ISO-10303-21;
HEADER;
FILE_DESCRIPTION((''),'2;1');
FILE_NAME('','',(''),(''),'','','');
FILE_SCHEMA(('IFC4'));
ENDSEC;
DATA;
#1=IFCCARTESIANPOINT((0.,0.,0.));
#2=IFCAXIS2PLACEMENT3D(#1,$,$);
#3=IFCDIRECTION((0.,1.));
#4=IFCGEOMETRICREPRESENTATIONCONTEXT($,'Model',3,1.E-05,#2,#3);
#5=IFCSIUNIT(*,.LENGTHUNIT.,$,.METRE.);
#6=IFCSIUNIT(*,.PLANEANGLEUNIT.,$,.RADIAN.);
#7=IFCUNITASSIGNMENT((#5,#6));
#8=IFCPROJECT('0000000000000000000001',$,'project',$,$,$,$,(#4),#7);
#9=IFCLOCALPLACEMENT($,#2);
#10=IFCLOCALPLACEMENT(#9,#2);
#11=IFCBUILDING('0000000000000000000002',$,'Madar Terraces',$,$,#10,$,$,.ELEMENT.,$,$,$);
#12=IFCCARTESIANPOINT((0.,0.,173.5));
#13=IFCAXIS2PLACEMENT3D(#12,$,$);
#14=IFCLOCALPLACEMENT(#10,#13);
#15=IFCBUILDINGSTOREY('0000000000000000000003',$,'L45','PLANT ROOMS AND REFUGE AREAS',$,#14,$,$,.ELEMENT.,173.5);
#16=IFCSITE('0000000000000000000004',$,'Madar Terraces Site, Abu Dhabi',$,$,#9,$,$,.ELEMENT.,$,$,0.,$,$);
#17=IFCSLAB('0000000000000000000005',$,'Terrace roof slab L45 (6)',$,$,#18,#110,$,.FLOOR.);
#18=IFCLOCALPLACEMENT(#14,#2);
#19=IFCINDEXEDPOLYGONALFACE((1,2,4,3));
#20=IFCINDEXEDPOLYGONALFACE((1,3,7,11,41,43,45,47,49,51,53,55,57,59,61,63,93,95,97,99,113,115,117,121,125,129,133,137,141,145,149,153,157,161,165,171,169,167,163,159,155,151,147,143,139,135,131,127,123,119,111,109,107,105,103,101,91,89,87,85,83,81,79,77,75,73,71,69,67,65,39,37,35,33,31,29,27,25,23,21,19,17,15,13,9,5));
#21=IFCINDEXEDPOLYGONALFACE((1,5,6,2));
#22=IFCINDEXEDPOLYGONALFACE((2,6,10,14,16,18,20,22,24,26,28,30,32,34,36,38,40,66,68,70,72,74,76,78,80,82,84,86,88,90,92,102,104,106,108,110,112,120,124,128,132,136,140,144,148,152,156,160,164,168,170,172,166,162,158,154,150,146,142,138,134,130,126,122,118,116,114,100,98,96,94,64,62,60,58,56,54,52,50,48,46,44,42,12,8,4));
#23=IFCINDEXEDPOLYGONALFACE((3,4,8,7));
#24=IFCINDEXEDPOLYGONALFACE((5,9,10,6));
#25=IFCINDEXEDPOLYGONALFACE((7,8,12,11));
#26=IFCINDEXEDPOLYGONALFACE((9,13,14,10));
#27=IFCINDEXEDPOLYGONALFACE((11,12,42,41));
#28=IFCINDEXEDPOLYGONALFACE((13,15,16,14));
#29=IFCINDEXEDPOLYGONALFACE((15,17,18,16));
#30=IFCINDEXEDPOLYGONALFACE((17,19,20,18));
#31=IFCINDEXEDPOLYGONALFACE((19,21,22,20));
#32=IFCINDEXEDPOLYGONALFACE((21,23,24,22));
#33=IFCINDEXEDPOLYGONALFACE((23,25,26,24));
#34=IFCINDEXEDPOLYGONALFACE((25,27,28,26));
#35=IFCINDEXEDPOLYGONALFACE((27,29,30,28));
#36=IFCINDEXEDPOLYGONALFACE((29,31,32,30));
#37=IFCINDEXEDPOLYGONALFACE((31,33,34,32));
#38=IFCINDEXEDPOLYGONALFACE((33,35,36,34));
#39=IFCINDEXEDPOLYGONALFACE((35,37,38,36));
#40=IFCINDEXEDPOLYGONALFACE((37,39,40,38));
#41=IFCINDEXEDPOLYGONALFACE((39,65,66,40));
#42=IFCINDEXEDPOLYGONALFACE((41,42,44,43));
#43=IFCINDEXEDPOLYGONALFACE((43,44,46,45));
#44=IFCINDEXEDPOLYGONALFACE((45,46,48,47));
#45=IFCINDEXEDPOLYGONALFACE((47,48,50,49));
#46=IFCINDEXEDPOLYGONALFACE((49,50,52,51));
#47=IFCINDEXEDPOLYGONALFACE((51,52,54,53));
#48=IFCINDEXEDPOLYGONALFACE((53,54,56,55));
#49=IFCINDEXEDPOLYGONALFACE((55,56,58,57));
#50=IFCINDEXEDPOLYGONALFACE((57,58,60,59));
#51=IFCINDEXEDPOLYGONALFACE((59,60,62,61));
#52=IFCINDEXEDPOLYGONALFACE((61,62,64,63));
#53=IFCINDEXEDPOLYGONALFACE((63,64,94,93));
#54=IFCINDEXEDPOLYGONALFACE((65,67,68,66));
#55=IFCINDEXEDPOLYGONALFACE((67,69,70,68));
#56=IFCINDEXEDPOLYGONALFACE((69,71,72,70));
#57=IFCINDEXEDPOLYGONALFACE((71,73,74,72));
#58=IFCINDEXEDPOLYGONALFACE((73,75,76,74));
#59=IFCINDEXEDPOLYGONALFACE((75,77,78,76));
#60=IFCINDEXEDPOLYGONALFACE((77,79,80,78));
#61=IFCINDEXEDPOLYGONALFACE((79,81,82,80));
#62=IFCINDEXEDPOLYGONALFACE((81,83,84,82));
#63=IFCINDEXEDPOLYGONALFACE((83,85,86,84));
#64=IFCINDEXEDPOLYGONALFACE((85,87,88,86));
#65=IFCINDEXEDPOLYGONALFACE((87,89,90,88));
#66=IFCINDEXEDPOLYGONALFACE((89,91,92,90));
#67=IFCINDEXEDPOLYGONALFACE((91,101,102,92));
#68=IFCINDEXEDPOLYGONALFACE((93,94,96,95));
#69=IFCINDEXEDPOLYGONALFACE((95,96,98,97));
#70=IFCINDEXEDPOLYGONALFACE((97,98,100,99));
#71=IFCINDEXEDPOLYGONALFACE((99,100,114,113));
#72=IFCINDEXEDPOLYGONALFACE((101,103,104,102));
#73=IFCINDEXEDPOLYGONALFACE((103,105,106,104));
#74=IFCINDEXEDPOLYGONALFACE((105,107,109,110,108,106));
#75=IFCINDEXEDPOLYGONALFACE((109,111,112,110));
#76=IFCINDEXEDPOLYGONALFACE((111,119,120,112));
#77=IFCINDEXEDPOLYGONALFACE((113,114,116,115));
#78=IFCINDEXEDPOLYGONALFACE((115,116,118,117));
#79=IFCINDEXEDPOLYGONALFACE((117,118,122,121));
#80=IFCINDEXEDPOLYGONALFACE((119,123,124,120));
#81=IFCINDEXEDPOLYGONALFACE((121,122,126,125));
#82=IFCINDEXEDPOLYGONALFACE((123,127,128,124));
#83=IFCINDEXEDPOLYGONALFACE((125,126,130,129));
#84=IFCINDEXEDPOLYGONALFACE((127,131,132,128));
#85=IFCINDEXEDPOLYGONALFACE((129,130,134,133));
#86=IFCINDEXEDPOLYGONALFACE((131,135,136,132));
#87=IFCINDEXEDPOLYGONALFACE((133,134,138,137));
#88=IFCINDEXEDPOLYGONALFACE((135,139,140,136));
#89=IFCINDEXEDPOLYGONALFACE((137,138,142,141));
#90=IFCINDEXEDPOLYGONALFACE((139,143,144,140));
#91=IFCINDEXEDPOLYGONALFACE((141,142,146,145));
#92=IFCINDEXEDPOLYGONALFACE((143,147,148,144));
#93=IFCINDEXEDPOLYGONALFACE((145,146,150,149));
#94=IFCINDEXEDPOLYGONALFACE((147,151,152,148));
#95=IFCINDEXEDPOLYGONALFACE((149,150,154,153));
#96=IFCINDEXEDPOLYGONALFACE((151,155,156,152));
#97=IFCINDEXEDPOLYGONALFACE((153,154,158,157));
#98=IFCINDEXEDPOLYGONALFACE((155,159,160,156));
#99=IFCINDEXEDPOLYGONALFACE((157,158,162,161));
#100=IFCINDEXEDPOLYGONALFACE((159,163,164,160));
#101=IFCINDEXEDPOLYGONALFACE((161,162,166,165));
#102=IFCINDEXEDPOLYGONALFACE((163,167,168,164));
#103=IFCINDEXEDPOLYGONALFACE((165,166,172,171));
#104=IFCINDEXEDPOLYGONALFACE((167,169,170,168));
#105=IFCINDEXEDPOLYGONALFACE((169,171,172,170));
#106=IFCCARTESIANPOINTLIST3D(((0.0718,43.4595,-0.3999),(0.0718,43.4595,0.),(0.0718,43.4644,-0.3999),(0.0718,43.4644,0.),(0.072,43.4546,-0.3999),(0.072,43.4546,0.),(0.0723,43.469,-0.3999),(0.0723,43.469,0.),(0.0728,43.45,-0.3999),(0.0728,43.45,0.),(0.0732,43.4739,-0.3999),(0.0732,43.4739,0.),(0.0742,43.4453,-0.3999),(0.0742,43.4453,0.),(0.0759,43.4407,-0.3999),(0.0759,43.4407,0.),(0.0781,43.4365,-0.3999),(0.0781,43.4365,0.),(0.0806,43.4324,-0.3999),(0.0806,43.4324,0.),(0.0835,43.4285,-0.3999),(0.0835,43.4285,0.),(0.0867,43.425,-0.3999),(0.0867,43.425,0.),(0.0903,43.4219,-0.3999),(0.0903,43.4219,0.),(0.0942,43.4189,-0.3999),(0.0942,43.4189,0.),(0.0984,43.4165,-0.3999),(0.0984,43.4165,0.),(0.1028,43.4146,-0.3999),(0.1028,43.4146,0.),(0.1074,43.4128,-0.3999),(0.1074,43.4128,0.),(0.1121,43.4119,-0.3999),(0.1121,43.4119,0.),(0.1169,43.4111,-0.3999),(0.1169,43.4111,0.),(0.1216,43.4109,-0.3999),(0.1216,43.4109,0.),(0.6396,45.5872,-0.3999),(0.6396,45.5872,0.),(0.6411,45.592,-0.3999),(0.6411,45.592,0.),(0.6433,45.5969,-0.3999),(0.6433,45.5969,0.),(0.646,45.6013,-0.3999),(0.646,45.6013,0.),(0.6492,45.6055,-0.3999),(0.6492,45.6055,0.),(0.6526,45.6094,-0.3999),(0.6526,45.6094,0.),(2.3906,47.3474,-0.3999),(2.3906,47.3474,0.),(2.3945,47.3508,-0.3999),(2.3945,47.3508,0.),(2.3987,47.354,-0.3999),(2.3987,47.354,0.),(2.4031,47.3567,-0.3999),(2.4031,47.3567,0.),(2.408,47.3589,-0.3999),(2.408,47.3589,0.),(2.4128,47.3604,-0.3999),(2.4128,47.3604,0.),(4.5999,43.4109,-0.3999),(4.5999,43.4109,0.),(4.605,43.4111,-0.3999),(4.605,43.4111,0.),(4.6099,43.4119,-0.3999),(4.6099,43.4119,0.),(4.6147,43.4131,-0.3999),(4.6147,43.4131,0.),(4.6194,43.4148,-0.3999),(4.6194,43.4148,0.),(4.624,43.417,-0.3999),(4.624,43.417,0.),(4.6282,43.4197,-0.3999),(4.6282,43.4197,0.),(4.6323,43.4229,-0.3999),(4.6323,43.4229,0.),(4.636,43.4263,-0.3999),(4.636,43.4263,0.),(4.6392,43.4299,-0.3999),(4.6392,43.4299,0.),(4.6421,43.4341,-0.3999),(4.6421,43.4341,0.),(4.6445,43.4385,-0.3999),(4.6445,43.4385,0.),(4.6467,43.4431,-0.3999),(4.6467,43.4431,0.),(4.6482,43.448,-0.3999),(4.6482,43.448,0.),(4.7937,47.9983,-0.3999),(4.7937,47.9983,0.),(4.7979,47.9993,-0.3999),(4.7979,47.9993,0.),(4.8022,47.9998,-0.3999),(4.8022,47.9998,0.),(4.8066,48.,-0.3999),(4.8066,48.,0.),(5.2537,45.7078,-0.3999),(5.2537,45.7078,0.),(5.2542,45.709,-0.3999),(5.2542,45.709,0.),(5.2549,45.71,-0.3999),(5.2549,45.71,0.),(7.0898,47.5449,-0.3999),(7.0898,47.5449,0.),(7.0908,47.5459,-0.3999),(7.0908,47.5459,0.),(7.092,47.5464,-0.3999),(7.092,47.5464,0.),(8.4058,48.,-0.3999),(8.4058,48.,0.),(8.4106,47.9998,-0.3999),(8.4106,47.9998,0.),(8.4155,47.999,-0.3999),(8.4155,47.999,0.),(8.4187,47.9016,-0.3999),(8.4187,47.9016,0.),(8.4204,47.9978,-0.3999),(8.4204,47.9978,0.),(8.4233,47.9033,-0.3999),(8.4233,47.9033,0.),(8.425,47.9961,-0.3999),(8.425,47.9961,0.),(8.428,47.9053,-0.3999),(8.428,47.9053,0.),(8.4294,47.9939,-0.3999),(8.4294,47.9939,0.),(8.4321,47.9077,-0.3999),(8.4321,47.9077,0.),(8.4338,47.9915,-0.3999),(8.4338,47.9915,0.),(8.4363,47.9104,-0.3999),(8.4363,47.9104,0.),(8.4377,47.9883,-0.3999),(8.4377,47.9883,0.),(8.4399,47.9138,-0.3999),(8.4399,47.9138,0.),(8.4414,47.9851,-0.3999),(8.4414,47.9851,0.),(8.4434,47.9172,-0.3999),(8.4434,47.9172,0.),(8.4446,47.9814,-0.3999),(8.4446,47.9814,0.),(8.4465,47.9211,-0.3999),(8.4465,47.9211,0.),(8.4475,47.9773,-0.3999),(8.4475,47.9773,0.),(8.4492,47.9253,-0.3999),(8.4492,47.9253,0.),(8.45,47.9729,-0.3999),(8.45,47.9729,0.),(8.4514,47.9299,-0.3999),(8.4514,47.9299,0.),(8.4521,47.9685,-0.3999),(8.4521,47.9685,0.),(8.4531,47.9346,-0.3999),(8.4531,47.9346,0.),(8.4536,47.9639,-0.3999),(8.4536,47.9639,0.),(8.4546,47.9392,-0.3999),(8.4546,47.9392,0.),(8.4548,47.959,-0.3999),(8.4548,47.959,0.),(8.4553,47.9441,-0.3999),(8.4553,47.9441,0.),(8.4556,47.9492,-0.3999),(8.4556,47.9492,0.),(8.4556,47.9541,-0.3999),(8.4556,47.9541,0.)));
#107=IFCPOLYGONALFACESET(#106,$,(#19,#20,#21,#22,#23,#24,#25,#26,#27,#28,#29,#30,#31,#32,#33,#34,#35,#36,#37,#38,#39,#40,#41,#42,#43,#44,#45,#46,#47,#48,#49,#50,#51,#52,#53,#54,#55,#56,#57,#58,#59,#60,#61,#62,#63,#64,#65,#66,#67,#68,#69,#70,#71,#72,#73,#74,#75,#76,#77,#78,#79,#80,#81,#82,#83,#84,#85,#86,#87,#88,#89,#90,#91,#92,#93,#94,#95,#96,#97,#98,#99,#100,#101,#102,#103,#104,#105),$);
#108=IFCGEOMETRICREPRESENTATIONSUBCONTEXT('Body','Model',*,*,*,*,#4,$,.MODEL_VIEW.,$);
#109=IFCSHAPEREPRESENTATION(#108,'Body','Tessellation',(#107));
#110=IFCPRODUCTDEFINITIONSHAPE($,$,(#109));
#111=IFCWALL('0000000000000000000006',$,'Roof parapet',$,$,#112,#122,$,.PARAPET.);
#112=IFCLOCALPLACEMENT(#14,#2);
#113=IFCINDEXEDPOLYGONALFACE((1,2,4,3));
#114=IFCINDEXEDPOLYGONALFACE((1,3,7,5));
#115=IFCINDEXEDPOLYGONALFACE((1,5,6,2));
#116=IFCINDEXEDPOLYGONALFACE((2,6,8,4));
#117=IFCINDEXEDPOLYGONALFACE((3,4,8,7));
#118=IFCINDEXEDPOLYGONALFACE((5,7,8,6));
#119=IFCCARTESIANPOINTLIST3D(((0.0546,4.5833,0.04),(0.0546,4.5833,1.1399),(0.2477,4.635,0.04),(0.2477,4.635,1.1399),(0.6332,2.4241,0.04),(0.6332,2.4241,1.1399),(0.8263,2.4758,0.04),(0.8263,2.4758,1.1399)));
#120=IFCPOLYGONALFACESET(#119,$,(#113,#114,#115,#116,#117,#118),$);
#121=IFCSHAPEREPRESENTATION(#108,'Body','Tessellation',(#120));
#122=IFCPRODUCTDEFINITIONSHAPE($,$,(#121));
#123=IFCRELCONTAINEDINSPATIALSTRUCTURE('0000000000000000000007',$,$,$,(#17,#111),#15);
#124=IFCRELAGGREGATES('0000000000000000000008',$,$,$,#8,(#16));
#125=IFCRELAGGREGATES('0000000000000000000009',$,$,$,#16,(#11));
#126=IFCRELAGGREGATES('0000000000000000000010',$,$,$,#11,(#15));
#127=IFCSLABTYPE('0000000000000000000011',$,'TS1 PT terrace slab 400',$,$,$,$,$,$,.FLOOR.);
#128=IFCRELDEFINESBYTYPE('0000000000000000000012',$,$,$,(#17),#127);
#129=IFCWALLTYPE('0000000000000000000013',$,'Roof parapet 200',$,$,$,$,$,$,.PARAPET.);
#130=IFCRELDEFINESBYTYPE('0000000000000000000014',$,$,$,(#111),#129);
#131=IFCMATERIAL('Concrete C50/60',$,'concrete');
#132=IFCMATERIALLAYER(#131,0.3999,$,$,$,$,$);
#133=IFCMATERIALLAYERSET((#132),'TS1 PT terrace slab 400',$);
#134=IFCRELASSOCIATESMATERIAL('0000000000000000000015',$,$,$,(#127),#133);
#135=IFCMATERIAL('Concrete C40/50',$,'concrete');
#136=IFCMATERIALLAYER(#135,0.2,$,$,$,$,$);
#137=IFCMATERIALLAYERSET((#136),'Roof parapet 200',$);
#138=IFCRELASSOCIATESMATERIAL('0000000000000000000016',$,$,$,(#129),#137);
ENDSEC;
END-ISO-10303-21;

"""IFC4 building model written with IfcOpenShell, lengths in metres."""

from ifc_helpers import new_model, si_unit, direction, frame, frame_2d, origin, place, context, subcontext, project, spatial, polyline, rectangle, outline, extrude, material, layer, layer_set, type_object, element, save


model = new_model("IFC4")

# Units and contexts
model_context = context("Model", 3, precision=1e-05, world=origin(), true_north=direction((0.0, 1.0)))
body_context = subcontext(model_context, "Body", "Model", "MODEL_VIEW")
ifc_project = project(units=[si_unit("LENGTHUNIT", "METRE"), si_unit("PLANEANGLEUNIT", "RADIAN")], contexts=[model_context])

# Site, building, storey
site_placement = place(None, origin())
site = spatial("IfcSite", under=ifc_project, at=site_placement, Name="Madar Terraces Site, Abu Dhabi", CompositionType="ELEMENT", RefElevation=0.0)
building_placement = place(site_placement, origin())
building = spatial("IfcBuilding", under=site, at=building_placement, Name="Madar Terraces", CompositionType="ELEMENT")
storey_placement = place(building_placement, frame((0.0, 0.0, 173.5)))
storey = spatial("IfcBuildingStorey", under=building, at=storey_placement, Name="L45", Description="PLANT ROOMS AND REFUGE AREAS", CompositionType="ELEMENT", Elevation=173.5)

# Slab
ifc_material_1 = material(Name="Concrete C50/60", Category="concrete")
ifc_layer_1 = layer(ifc_material_1, 0.3999)
ifc_layer_set_1 = layer_set([ifc_layer_1], Name="TS1 PT terrace slab 400")
slab_type_1 = type_object("IfcSlabType", Name="TS1 PT terrace slab 400", PredefinedType="FLOOR", material=ifc_layer_set_1)
slab_1_placement = place(storey_placement, frame((0.0, 0.0, -0.3999)))
element("IfcSlab", 1, at=slab_1_placement, inside=storey, type_object=slab_type_1, Name="Terrace roof slab L45 (6)", PredefinedType="FLOOR", context=body_context, shape_type="SweptSolid", body=[
    extrude(outline(polyline([(0.6433, 45.5969), (0.6411, 45.592), (0.6396, 45.5872), (0.0732, 43.4739), (0.0723, 43.469), (0.0718, 43.4644), (0.0718, 43.4595), (0.072, 43.4546), (0.0728, 43.45), (0.0742, 43.4453), (0.0759, 43.4407), (0.0781, 43.4365), (0.0806, 43.4324), (0.0835, 43.4285), (0.0867, 43.425), (0.0903, 43.4219), (0.0942, 43.4189), (0.0984, 43.4165), (0.1028, 43.4146), (0.1074, 43.4128), (0.1121, 43.4119), (0.1169, 43.4111), (0.1216, 43.4109), (4.5999, 43.4109), (4.605, 43.4111), (4.6099, 43.4119), (4.6147, 43.4131), (4.6194, 43.4148), (4.624, 43.417), (4.6282, 43.4197), (4.6323, 43.4229), (4.636, 43.4263), (4.6392, 43.4299), (4.6421, 43.4341), (4.6445, 43.4385), (4.6467, 43.4431), (4.6482, 43.448), (5.2537, 45.7078), (5.2542, 45.709), (5.2549, 45.71), (7.0898, 47.5449), (7.0908, 47.5459), (7.092, 47.5464), (8.4187, 47.9016), (8.4233, 47.9033), (8.428, 47.9053), (8.4321, 47.9077), (8.4363, 47.9104), (8.4399, 47.9138), (8.4434, 47.9172), (8.4465, 47.9211), (8.4492, 47.9253), (8.4514, 47.9299), (8.4531, 47.9346), (8.4546, 47.9392), (8.4553, 47.9441), (8.4556, 47.9492), (8.4556, 47.9541), (8.4548, 47.959), (8.4536, 47.9639), (8.4521, 47.9685), (8.45, 47.9729), (8.4475, 47.9773), (8.4446, 47.9814), (8.4414, 47.9851), (8.4377, 47.9883), (8.4338, 47.9915), (8.4294, 47.9939), (8.425, 47.9961), (8.4204, 47.9978), (8.4155, 47.999), (8.4106, 47.9998), (8.4058, 48.0), (4.8066, 48.0), (4.8022, 47.9998), (4.7979, 47.9993), (4.7937, 47.9983), (2.4128, 47.3604), (2.408, 47.3589), (2.4031, 47.3567), (2.3987, 47.354), (2.3945, 47.3508), (2.3906, 47.3474), (0.6526, 45.6094), (0.6492, 45.6055), (0.646, 45.6013), (0.6433, 45.5969)])), origin(), (0.0, 0.0, 1.0), 0.3999),
])

# Wall
ifc_material_2 = material(Name="Concrete C40/50", Category="concrete")
ifc_layer_2 = layer(ifc_material_2, 0.2)
ifc_layer_set_2 = layer_set([ifc_layer_2], Name="Roof parapet 200")
wall_type = type_object("IfcWallType", Name="Roof parapet 200", PredefinedType="PARAPET", material=ifc_layer_set_2)
wall_placement = place(storey_placement, frame((0.1511, 4.6091, 0.04), z_axis=(0.0, 0.0, 1.0), x_axis=(0.258845, -0.965919, 0.0)))
element("IfcWall", 2, at=wall_placement, inside=storey, type_object=wall_type, Name="Roof parapet", PredefinedType="PARAPET", context=body_context, shape_type="SweptSolid", body=[
    extrude(rectangle(XDim=2.2354, YDim=0.2, at=frame_2d((1.1177, 0.0))), origin(), (0.0, 0.0, 1.0), 1.0999),
])

save(model, "model.ifc")
